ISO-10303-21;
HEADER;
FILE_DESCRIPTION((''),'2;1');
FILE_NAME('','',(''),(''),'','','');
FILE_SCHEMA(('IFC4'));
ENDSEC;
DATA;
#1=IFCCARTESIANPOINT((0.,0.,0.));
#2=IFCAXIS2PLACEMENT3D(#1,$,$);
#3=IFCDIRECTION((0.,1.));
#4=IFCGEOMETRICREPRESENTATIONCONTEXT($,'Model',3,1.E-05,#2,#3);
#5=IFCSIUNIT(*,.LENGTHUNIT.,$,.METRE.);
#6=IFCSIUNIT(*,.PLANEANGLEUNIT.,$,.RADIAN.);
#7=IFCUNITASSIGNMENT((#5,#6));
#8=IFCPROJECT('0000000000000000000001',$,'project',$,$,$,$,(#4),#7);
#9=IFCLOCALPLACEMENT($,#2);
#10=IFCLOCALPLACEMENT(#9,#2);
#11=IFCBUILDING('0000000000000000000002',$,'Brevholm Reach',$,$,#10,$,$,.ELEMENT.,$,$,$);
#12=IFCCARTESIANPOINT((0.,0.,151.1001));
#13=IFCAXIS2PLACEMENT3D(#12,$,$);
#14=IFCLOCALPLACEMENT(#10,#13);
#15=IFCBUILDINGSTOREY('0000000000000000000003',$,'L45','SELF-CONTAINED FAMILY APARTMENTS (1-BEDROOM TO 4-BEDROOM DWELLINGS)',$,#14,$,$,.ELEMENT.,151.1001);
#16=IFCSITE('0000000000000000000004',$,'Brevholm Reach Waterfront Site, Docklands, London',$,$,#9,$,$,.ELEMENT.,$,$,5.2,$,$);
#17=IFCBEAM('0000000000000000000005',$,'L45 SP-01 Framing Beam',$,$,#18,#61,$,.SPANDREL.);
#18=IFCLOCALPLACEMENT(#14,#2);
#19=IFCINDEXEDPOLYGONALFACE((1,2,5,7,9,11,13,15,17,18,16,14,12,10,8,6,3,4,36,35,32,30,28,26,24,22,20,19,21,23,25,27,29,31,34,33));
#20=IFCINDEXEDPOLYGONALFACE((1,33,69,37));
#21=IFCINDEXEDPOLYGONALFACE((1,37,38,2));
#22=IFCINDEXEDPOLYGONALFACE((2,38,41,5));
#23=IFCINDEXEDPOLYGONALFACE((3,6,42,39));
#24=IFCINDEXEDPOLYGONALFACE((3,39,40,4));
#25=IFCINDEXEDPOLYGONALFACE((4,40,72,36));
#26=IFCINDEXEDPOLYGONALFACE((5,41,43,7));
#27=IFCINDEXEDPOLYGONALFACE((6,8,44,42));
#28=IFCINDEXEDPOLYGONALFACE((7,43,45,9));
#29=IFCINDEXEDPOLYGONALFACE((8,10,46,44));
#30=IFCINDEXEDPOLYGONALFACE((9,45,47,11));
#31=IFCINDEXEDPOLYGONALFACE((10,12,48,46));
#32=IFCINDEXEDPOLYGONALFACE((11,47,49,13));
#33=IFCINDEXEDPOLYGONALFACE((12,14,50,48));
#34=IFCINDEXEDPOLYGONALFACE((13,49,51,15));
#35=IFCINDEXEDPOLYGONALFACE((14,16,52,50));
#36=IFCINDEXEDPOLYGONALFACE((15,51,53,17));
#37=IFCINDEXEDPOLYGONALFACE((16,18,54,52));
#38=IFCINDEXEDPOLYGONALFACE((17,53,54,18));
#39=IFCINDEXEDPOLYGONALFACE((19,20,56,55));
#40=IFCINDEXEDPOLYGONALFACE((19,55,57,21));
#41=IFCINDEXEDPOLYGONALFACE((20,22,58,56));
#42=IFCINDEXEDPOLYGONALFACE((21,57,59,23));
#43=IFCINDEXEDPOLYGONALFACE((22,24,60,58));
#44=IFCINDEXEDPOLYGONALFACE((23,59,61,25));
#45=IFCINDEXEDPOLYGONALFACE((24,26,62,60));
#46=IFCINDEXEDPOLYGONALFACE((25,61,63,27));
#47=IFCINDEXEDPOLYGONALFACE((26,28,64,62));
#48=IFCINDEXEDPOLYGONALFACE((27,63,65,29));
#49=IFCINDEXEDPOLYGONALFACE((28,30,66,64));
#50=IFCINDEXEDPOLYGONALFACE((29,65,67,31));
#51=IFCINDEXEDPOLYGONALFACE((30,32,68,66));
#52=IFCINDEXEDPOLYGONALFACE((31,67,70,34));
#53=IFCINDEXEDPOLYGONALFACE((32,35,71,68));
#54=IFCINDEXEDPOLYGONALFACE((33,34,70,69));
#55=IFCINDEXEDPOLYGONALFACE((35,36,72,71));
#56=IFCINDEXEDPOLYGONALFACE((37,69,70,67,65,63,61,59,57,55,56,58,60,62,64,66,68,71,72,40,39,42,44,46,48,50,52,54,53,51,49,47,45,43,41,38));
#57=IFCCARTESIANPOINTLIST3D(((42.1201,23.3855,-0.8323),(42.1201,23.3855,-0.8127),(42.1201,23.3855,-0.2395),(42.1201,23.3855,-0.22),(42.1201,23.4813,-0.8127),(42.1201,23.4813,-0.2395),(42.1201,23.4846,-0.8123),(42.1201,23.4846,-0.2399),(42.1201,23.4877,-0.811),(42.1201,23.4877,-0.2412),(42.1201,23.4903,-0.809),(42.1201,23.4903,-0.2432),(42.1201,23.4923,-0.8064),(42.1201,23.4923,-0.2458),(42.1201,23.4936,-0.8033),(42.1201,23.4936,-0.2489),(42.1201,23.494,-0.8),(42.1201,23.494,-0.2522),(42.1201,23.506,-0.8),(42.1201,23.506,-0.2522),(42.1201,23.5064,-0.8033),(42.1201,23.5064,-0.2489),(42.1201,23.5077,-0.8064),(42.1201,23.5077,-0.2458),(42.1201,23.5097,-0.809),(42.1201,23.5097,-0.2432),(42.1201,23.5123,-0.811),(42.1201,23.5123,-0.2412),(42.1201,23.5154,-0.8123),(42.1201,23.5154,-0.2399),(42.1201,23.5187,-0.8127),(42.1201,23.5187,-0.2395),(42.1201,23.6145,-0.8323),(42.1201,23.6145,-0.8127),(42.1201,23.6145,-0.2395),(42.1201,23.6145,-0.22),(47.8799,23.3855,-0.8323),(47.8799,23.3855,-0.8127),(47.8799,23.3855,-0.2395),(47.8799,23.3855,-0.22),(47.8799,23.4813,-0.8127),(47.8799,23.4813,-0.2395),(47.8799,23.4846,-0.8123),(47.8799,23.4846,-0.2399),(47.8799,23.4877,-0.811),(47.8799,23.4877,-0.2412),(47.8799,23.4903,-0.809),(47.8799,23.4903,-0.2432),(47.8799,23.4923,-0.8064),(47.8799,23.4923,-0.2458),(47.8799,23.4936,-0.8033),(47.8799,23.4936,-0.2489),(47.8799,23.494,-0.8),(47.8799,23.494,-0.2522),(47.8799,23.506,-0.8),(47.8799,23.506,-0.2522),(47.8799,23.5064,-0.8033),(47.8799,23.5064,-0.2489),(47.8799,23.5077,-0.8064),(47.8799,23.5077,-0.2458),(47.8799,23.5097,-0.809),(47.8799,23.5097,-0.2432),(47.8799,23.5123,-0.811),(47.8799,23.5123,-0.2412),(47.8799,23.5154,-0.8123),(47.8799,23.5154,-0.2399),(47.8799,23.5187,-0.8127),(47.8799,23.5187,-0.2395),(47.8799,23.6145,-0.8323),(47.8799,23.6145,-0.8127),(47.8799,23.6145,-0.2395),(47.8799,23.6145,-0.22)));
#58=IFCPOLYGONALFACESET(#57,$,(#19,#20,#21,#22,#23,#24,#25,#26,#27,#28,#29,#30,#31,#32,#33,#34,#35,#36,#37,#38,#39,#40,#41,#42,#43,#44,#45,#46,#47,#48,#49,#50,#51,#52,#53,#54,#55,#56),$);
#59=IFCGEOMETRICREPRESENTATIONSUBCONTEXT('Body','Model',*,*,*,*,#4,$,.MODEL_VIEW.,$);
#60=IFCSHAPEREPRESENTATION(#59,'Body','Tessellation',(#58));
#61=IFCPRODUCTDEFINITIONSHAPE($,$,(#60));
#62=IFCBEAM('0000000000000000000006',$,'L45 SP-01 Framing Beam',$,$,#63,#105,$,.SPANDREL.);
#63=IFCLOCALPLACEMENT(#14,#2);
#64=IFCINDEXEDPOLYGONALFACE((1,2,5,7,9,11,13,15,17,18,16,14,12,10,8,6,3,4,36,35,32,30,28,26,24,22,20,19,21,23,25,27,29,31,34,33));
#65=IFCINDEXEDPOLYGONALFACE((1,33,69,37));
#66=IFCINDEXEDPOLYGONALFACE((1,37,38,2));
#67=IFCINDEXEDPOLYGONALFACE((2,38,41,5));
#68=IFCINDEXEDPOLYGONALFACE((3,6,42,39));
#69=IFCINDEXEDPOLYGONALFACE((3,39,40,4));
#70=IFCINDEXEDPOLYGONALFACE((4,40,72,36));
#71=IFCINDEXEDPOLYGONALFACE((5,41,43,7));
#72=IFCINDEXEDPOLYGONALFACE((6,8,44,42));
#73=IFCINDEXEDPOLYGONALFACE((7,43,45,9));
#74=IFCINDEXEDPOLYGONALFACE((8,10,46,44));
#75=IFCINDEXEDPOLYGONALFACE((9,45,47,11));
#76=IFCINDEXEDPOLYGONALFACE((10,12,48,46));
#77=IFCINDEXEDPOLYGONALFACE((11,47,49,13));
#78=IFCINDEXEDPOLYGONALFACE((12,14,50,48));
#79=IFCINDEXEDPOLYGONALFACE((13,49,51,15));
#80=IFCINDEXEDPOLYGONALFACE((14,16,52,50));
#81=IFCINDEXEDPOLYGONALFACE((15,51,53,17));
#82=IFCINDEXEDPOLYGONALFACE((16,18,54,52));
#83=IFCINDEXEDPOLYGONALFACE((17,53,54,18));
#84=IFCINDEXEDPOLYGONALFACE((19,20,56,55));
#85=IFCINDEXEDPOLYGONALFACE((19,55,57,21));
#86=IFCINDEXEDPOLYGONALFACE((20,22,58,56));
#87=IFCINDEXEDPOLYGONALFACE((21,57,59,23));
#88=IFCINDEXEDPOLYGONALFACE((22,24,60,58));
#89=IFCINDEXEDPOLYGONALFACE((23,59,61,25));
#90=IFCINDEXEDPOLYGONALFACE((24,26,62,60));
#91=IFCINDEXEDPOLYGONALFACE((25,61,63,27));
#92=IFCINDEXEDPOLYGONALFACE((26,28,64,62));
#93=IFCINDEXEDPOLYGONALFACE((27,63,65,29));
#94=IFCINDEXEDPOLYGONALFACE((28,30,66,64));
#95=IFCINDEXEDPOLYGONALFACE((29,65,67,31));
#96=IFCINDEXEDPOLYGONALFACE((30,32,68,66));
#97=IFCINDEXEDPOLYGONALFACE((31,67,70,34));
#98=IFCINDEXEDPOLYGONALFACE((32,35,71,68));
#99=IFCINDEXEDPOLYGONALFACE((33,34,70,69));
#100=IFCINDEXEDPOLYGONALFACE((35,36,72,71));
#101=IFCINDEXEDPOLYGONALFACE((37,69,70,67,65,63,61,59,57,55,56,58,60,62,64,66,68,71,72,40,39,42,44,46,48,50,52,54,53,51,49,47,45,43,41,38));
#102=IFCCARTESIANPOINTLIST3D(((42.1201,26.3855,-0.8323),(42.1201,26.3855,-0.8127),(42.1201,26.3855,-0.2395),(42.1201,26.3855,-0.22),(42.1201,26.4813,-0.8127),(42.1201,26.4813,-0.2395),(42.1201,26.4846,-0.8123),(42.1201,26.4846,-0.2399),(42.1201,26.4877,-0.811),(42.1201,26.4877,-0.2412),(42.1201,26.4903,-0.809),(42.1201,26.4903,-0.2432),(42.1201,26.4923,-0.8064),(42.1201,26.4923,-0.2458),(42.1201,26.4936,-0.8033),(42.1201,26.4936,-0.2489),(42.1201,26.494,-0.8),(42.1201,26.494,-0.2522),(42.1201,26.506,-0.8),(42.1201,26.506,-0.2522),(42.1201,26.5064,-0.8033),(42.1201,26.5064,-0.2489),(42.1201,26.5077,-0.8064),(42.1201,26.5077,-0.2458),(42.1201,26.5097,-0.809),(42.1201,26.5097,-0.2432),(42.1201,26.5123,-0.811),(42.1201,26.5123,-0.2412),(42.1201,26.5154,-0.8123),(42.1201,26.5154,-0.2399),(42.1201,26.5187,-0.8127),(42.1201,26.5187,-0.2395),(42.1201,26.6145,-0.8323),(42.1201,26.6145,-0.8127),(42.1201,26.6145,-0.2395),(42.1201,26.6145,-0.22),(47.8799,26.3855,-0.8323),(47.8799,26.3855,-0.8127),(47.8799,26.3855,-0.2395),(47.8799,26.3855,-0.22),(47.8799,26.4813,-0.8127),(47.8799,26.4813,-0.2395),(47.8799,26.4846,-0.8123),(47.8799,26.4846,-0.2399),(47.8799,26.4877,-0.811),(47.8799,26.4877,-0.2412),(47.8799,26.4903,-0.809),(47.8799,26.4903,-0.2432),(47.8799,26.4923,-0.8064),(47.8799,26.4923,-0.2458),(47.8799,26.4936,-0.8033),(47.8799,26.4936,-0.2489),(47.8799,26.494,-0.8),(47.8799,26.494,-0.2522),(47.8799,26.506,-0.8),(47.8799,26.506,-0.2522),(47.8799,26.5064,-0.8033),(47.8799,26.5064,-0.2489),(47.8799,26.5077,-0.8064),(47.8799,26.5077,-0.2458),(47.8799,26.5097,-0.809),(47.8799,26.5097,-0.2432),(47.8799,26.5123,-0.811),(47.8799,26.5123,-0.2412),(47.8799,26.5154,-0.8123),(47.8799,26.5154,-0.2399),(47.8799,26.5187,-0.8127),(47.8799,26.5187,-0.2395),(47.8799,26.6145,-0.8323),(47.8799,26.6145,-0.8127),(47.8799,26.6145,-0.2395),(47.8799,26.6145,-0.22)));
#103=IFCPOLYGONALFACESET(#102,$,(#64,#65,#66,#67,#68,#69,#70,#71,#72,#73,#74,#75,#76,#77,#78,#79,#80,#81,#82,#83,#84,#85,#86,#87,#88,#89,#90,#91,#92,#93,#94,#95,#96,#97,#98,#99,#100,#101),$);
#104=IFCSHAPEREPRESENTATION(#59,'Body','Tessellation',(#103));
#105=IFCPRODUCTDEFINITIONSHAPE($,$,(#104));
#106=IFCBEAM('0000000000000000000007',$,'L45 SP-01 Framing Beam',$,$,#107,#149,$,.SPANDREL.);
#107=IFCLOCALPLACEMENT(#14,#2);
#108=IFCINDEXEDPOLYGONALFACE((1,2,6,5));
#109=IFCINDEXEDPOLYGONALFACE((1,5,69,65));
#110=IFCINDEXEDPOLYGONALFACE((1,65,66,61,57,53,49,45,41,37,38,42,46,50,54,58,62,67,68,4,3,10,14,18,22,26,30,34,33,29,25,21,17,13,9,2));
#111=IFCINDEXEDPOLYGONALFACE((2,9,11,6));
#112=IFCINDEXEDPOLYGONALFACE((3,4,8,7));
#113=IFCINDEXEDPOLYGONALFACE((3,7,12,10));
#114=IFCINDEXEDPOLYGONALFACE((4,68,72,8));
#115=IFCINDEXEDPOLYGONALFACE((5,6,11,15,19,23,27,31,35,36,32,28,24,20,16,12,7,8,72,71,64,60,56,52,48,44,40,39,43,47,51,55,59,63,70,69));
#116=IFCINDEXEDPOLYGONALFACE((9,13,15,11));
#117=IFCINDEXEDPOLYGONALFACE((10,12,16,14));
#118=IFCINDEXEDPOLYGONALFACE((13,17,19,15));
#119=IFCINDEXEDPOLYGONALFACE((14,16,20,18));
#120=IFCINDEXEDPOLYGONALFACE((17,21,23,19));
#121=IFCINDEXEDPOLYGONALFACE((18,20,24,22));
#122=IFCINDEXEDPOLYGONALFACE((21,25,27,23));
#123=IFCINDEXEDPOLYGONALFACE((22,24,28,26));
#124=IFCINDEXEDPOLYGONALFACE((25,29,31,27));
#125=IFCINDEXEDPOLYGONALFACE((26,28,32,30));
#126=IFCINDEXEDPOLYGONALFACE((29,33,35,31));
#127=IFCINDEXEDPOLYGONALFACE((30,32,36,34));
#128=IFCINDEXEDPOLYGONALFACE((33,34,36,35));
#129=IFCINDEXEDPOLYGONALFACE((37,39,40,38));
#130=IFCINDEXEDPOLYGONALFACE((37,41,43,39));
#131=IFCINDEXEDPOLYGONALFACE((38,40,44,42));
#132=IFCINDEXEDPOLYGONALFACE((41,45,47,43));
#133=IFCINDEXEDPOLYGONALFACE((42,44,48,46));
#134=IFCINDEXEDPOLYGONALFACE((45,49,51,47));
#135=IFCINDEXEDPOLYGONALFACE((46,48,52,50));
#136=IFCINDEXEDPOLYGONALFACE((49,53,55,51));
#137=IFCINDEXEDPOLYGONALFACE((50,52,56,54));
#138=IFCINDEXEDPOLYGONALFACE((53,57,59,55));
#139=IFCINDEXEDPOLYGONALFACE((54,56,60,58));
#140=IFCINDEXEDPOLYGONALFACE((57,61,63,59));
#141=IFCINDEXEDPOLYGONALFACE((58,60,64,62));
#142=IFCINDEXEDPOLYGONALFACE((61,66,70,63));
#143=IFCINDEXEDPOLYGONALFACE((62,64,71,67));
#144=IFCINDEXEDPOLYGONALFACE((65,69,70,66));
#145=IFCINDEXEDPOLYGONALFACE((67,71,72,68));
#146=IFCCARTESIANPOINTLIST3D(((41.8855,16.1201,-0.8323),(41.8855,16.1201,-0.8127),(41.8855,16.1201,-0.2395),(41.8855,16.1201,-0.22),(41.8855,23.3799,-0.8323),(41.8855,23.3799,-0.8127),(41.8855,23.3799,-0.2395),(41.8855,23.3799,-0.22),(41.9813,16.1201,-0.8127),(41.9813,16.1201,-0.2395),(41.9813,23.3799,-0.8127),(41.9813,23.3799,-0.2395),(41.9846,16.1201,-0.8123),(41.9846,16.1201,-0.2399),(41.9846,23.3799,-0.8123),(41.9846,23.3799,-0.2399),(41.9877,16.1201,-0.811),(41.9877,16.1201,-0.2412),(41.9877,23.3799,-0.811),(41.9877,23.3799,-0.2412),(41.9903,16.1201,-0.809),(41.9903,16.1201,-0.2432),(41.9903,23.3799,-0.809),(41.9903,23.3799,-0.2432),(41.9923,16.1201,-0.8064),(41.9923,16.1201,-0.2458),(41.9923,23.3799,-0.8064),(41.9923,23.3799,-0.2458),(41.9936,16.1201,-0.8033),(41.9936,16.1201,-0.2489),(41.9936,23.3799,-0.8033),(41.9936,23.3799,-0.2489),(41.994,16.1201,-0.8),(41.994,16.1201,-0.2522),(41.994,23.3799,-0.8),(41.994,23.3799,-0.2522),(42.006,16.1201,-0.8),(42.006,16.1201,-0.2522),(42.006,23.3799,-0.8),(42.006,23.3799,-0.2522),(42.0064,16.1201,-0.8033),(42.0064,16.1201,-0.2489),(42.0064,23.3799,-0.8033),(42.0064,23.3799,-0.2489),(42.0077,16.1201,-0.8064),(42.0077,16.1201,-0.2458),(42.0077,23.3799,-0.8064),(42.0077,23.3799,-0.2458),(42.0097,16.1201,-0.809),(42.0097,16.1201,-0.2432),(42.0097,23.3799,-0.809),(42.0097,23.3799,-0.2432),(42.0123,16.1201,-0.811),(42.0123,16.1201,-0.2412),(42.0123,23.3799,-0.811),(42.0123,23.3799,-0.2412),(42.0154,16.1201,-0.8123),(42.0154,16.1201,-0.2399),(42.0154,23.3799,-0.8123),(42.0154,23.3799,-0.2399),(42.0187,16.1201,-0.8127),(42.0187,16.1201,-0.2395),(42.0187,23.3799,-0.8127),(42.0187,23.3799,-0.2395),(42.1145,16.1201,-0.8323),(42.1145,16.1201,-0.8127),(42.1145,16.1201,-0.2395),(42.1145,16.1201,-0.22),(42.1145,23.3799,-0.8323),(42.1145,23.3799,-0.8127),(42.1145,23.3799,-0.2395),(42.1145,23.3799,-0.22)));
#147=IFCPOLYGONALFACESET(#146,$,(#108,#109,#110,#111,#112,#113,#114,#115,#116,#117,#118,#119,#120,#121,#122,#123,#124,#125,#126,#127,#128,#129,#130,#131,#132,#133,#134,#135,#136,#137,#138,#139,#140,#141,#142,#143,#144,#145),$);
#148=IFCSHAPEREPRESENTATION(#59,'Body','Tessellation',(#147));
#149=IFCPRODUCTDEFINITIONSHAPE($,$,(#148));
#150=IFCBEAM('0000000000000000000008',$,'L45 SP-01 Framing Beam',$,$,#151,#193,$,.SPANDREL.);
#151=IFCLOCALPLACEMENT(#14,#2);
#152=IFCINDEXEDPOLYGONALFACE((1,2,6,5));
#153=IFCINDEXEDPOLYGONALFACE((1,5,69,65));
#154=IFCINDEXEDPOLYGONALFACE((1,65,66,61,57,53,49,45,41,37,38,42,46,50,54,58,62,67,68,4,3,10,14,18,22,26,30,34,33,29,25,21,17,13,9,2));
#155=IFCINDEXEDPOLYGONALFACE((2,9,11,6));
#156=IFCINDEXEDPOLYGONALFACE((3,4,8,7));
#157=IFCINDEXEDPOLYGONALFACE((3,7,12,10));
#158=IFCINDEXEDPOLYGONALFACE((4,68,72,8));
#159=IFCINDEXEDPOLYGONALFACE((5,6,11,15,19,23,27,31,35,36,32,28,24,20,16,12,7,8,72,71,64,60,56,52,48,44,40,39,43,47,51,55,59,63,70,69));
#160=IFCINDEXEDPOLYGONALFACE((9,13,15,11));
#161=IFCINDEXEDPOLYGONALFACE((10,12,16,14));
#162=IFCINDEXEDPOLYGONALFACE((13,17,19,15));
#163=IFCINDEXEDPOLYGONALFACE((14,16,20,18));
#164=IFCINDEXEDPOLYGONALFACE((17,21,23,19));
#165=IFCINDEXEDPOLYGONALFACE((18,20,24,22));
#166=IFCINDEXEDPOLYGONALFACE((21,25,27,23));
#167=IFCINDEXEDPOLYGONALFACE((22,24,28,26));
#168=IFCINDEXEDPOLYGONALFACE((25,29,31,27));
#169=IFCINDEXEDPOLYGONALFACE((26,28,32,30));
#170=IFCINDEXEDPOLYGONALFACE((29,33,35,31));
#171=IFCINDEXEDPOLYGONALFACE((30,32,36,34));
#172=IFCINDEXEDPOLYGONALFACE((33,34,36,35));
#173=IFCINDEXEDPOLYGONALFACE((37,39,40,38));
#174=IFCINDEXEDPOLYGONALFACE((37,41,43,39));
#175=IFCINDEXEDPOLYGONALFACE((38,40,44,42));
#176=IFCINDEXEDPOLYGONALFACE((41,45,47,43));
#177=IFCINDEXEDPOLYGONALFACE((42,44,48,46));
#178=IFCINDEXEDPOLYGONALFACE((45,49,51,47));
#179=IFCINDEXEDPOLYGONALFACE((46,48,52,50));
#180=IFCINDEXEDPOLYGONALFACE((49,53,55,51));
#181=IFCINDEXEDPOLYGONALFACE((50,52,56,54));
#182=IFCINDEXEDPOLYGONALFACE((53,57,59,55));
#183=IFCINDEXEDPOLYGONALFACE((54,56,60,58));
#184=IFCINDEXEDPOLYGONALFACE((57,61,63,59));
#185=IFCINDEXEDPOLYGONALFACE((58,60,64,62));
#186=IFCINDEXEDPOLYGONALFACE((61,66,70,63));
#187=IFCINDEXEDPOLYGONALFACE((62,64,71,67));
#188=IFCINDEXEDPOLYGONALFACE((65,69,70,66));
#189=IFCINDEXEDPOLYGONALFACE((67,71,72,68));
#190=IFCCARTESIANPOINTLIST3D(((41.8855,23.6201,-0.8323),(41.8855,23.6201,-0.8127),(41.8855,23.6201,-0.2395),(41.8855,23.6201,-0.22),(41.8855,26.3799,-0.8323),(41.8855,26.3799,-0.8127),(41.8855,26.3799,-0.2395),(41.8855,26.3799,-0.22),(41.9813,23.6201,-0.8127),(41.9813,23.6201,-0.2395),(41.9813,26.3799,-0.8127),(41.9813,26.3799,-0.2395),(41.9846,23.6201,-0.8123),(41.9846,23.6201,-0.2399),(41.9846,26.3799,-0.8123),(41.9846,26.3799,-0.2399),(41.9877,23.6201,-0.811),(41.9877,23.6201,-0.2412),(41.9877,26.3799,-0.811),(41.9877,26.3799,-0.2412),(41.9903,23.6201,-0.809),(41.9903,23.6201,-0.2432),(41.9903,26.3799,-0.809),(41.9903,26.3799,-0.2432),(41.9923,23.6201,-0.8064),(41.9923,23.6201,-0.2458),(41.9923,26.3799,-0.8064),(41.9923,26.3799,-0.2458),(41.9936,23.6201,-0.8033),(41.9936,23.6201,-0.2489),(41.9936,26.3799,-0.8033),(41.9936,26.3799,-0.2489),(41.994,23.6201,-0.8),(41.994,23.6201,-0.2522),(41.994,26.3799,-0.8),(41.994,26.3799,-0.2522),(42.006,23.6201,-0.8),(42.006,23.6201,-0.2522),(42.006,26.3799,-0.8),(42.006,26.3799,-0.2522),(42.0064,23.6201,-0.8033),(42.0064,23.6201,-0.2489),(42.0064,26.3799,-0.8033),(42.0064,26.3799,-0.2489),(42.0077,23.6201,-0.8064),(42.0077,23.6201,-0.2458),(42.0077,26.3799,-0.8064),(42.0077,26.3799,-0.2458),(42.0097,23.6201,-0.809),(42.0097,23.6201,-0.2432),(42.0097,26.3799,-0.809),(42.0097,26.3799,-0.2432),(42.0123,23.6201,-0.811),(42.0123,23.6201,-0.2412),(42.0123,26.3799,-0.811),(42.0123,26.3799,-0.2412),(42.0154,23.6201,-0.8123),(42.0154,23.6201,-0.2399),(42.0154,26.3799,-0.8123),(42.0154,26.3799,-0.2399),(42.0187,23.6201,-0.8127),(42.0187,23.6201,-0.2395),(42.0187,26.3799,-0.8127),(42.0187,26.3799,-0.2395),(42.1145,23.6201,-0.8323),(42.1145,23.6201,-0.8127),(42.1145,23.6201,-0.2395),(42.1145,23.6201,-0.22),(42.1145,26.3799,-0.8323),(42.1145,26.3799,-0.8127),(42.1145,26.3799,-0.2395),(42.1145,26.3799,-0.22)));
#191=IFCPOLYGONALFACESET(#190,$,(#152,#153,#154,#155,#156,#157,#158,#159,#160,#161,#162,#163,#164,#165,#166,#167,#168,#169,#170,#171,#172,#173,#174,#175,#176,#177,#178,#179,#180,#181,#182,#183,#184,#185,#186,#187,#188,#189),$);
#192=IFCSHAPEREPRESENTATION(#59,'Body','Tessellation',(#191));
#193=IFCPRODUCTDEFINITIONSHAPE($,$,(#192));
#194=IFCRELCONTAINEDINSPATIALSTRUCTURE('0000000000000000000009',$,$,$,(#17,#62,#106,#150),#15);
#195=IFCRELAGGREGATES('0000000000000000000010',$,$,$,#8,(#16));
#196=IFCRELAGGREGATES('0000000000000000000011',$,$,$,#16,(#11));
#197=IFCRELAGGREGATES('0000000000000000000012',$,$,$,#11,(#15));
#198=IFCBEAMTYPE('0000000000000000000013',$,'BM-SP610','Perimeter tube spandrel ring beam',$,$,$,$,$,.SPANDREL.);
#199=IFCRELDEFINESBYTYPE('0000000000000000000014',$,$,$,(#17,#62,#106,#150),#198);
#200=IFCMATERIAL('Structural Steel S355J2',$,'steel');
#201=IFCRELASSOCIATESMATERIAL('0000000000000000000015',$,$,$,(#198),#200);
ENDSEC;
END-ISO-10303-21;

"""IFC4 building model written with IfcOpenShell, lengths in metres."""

from ifc_helpers import new_model, si_unit, direction, frame, origin, origin_2d, place, context, subcontext, project, spatial, i_section, extrude, material, material_profile, profile_set, type_object, element, save


model = new_model("IFC4")

# Units and contexts
model_context = context("Model", 3, precision=1e-05, world=origin(), true_north=direction((0.0, 1.0)))
body_context = subcontext(model_context, "Body", "Model", "MODEL_VIEW")
ifc_project = project(units=[si_unit("LENGTHUNIT", "METRE"), si_unit("PLANEANGLEUNIT", "RADIAN")], contexts=[model_context])

# Site, building, storey
site_placement = place(None, origin())
site = spatial("IfcSite", under=ifc_project, at=site_placement, Name="Brevholm Reach Waterfront Site, Docklands, London", CompositionType="ELEMENT", RefElevation=5.2)
building_placement = place(site_placement, origin())
building = spatial("IfcBuilding", under=site, at=building_placement, Name="Brevholm Reach", CompositionType="ELEMENT")
storey_placement = place(building_placement, frame((0.0, 0.0, 151.1001)))
storey = spatial("IfcBuildingStorey", under=building, at=storey_placement, Name="L45", Description="SELF-CONTAINED FAMILY APARTMENTS (1-BEDROOM TO 4-BEDROOM DWELLINGS)", CompositionType="ELEMENT", Elevation=151.1001)

# Beams
ifc_material_1 = material(Name="Structural Steel S355J2", Category="steel")
ifc_material_profile_1 = material_profile(ifc_material_1, i_section(OverallWidth=0.229, OverallDepth=0.6123, WebThickness=0.012, FlangeThickness=0.0195, FilletRadius=0.0127, at=origin_2d()), Name="UKB 610x229x125")
ifc_profile_set_1 = profile_set([ifc_material_profile_1], Name="Structural Steel S355J2")
beam_type_1 = type_object("IfcBeamType", Name="BM-SP610", Description="Perimeter tube spandrel ring beam", PredefinedType="SPANDREL", material=ifc_profile_set_1)
for number, where, z_axis, x_axis, name in (
    (1, (42.1201, 23.5, -0.5261), (1.0, 0.0, 0.0), (0.0, 1.0, 0.0), "L45 SP-01 Framing Beam"),
    (2, (42.1201, 26.5, -0.5261), (1.0, 0.0, 0.0), (0.0, 1.0, 0.0), "L45 SP-01 Framing Beam"),
):
    element("IfcBeam", number, at=place(storey_placement, frame(where, z_axis=z_axis, x_axis=x_axis)), inside=storey, type_object=beam_type_1, Name=name, PredefinedType="SPANDREL", context=body_context, shape_type="SweptSolid", body=[
        extrude(i_section(OverallWidth=0.229, OverallDepth=0.6123, WebThickness=0.012, FlangeThickness=0.0195, FilletRadius=0.0127, at=origin_2d()), origin(), (0.0, 0.0, 1.0), 5.7598),
    ])
beam_1_placement = place(storey_placement, frame((42.0, 16.1201, -0.5261), z_axis=(0.0, 1.0, 0.0), x_axis=(-1.0, 0.0, 0.0)))
element("IfcBeam", 3, at=beam_1_placement, inside=storey, type_object=beam_type_1, Name="L45 SP-01 Framing Beam", PredefinedType="SPANDREL", context=body_context, shape_type="SweptSolid", body=[
    extrude(i_section(OverallWidth=0.229, OverallDepth=0.6123, WebThickness=0.012, FlangeThickness=0.0195, FilletRadius=0.0127, at=origin_2d()), origin(), (0.0, 0.0, 1.0), 7.2598),
])
beam_2_placement = place(storey_placement, frame((42.0, 23.6201, -0.5261), z_axis=(0.0, 1.0, 0.0), x_axis=(-1.0, 0.0, 0.0)))
element("IfcBeam", 4, at=beam_2_placement, inside=storey, type_object=beam_type_1, Name="L45 SP-01 Framing Beam", PredefinedType="SPANDREL", context=body_context, shape_type="SweptSolid", body=[
    extrude(i_section(OverallWidth=0.229, OverallDepth=0.6123, WebThickness=0.012, FlangeThickness=0.0195, FilletRadius=0.0127, at=origin_2d()), origin(), (0.0, 0.0, 1.0), 2.7598),
])

save(model, "model.ifc")
